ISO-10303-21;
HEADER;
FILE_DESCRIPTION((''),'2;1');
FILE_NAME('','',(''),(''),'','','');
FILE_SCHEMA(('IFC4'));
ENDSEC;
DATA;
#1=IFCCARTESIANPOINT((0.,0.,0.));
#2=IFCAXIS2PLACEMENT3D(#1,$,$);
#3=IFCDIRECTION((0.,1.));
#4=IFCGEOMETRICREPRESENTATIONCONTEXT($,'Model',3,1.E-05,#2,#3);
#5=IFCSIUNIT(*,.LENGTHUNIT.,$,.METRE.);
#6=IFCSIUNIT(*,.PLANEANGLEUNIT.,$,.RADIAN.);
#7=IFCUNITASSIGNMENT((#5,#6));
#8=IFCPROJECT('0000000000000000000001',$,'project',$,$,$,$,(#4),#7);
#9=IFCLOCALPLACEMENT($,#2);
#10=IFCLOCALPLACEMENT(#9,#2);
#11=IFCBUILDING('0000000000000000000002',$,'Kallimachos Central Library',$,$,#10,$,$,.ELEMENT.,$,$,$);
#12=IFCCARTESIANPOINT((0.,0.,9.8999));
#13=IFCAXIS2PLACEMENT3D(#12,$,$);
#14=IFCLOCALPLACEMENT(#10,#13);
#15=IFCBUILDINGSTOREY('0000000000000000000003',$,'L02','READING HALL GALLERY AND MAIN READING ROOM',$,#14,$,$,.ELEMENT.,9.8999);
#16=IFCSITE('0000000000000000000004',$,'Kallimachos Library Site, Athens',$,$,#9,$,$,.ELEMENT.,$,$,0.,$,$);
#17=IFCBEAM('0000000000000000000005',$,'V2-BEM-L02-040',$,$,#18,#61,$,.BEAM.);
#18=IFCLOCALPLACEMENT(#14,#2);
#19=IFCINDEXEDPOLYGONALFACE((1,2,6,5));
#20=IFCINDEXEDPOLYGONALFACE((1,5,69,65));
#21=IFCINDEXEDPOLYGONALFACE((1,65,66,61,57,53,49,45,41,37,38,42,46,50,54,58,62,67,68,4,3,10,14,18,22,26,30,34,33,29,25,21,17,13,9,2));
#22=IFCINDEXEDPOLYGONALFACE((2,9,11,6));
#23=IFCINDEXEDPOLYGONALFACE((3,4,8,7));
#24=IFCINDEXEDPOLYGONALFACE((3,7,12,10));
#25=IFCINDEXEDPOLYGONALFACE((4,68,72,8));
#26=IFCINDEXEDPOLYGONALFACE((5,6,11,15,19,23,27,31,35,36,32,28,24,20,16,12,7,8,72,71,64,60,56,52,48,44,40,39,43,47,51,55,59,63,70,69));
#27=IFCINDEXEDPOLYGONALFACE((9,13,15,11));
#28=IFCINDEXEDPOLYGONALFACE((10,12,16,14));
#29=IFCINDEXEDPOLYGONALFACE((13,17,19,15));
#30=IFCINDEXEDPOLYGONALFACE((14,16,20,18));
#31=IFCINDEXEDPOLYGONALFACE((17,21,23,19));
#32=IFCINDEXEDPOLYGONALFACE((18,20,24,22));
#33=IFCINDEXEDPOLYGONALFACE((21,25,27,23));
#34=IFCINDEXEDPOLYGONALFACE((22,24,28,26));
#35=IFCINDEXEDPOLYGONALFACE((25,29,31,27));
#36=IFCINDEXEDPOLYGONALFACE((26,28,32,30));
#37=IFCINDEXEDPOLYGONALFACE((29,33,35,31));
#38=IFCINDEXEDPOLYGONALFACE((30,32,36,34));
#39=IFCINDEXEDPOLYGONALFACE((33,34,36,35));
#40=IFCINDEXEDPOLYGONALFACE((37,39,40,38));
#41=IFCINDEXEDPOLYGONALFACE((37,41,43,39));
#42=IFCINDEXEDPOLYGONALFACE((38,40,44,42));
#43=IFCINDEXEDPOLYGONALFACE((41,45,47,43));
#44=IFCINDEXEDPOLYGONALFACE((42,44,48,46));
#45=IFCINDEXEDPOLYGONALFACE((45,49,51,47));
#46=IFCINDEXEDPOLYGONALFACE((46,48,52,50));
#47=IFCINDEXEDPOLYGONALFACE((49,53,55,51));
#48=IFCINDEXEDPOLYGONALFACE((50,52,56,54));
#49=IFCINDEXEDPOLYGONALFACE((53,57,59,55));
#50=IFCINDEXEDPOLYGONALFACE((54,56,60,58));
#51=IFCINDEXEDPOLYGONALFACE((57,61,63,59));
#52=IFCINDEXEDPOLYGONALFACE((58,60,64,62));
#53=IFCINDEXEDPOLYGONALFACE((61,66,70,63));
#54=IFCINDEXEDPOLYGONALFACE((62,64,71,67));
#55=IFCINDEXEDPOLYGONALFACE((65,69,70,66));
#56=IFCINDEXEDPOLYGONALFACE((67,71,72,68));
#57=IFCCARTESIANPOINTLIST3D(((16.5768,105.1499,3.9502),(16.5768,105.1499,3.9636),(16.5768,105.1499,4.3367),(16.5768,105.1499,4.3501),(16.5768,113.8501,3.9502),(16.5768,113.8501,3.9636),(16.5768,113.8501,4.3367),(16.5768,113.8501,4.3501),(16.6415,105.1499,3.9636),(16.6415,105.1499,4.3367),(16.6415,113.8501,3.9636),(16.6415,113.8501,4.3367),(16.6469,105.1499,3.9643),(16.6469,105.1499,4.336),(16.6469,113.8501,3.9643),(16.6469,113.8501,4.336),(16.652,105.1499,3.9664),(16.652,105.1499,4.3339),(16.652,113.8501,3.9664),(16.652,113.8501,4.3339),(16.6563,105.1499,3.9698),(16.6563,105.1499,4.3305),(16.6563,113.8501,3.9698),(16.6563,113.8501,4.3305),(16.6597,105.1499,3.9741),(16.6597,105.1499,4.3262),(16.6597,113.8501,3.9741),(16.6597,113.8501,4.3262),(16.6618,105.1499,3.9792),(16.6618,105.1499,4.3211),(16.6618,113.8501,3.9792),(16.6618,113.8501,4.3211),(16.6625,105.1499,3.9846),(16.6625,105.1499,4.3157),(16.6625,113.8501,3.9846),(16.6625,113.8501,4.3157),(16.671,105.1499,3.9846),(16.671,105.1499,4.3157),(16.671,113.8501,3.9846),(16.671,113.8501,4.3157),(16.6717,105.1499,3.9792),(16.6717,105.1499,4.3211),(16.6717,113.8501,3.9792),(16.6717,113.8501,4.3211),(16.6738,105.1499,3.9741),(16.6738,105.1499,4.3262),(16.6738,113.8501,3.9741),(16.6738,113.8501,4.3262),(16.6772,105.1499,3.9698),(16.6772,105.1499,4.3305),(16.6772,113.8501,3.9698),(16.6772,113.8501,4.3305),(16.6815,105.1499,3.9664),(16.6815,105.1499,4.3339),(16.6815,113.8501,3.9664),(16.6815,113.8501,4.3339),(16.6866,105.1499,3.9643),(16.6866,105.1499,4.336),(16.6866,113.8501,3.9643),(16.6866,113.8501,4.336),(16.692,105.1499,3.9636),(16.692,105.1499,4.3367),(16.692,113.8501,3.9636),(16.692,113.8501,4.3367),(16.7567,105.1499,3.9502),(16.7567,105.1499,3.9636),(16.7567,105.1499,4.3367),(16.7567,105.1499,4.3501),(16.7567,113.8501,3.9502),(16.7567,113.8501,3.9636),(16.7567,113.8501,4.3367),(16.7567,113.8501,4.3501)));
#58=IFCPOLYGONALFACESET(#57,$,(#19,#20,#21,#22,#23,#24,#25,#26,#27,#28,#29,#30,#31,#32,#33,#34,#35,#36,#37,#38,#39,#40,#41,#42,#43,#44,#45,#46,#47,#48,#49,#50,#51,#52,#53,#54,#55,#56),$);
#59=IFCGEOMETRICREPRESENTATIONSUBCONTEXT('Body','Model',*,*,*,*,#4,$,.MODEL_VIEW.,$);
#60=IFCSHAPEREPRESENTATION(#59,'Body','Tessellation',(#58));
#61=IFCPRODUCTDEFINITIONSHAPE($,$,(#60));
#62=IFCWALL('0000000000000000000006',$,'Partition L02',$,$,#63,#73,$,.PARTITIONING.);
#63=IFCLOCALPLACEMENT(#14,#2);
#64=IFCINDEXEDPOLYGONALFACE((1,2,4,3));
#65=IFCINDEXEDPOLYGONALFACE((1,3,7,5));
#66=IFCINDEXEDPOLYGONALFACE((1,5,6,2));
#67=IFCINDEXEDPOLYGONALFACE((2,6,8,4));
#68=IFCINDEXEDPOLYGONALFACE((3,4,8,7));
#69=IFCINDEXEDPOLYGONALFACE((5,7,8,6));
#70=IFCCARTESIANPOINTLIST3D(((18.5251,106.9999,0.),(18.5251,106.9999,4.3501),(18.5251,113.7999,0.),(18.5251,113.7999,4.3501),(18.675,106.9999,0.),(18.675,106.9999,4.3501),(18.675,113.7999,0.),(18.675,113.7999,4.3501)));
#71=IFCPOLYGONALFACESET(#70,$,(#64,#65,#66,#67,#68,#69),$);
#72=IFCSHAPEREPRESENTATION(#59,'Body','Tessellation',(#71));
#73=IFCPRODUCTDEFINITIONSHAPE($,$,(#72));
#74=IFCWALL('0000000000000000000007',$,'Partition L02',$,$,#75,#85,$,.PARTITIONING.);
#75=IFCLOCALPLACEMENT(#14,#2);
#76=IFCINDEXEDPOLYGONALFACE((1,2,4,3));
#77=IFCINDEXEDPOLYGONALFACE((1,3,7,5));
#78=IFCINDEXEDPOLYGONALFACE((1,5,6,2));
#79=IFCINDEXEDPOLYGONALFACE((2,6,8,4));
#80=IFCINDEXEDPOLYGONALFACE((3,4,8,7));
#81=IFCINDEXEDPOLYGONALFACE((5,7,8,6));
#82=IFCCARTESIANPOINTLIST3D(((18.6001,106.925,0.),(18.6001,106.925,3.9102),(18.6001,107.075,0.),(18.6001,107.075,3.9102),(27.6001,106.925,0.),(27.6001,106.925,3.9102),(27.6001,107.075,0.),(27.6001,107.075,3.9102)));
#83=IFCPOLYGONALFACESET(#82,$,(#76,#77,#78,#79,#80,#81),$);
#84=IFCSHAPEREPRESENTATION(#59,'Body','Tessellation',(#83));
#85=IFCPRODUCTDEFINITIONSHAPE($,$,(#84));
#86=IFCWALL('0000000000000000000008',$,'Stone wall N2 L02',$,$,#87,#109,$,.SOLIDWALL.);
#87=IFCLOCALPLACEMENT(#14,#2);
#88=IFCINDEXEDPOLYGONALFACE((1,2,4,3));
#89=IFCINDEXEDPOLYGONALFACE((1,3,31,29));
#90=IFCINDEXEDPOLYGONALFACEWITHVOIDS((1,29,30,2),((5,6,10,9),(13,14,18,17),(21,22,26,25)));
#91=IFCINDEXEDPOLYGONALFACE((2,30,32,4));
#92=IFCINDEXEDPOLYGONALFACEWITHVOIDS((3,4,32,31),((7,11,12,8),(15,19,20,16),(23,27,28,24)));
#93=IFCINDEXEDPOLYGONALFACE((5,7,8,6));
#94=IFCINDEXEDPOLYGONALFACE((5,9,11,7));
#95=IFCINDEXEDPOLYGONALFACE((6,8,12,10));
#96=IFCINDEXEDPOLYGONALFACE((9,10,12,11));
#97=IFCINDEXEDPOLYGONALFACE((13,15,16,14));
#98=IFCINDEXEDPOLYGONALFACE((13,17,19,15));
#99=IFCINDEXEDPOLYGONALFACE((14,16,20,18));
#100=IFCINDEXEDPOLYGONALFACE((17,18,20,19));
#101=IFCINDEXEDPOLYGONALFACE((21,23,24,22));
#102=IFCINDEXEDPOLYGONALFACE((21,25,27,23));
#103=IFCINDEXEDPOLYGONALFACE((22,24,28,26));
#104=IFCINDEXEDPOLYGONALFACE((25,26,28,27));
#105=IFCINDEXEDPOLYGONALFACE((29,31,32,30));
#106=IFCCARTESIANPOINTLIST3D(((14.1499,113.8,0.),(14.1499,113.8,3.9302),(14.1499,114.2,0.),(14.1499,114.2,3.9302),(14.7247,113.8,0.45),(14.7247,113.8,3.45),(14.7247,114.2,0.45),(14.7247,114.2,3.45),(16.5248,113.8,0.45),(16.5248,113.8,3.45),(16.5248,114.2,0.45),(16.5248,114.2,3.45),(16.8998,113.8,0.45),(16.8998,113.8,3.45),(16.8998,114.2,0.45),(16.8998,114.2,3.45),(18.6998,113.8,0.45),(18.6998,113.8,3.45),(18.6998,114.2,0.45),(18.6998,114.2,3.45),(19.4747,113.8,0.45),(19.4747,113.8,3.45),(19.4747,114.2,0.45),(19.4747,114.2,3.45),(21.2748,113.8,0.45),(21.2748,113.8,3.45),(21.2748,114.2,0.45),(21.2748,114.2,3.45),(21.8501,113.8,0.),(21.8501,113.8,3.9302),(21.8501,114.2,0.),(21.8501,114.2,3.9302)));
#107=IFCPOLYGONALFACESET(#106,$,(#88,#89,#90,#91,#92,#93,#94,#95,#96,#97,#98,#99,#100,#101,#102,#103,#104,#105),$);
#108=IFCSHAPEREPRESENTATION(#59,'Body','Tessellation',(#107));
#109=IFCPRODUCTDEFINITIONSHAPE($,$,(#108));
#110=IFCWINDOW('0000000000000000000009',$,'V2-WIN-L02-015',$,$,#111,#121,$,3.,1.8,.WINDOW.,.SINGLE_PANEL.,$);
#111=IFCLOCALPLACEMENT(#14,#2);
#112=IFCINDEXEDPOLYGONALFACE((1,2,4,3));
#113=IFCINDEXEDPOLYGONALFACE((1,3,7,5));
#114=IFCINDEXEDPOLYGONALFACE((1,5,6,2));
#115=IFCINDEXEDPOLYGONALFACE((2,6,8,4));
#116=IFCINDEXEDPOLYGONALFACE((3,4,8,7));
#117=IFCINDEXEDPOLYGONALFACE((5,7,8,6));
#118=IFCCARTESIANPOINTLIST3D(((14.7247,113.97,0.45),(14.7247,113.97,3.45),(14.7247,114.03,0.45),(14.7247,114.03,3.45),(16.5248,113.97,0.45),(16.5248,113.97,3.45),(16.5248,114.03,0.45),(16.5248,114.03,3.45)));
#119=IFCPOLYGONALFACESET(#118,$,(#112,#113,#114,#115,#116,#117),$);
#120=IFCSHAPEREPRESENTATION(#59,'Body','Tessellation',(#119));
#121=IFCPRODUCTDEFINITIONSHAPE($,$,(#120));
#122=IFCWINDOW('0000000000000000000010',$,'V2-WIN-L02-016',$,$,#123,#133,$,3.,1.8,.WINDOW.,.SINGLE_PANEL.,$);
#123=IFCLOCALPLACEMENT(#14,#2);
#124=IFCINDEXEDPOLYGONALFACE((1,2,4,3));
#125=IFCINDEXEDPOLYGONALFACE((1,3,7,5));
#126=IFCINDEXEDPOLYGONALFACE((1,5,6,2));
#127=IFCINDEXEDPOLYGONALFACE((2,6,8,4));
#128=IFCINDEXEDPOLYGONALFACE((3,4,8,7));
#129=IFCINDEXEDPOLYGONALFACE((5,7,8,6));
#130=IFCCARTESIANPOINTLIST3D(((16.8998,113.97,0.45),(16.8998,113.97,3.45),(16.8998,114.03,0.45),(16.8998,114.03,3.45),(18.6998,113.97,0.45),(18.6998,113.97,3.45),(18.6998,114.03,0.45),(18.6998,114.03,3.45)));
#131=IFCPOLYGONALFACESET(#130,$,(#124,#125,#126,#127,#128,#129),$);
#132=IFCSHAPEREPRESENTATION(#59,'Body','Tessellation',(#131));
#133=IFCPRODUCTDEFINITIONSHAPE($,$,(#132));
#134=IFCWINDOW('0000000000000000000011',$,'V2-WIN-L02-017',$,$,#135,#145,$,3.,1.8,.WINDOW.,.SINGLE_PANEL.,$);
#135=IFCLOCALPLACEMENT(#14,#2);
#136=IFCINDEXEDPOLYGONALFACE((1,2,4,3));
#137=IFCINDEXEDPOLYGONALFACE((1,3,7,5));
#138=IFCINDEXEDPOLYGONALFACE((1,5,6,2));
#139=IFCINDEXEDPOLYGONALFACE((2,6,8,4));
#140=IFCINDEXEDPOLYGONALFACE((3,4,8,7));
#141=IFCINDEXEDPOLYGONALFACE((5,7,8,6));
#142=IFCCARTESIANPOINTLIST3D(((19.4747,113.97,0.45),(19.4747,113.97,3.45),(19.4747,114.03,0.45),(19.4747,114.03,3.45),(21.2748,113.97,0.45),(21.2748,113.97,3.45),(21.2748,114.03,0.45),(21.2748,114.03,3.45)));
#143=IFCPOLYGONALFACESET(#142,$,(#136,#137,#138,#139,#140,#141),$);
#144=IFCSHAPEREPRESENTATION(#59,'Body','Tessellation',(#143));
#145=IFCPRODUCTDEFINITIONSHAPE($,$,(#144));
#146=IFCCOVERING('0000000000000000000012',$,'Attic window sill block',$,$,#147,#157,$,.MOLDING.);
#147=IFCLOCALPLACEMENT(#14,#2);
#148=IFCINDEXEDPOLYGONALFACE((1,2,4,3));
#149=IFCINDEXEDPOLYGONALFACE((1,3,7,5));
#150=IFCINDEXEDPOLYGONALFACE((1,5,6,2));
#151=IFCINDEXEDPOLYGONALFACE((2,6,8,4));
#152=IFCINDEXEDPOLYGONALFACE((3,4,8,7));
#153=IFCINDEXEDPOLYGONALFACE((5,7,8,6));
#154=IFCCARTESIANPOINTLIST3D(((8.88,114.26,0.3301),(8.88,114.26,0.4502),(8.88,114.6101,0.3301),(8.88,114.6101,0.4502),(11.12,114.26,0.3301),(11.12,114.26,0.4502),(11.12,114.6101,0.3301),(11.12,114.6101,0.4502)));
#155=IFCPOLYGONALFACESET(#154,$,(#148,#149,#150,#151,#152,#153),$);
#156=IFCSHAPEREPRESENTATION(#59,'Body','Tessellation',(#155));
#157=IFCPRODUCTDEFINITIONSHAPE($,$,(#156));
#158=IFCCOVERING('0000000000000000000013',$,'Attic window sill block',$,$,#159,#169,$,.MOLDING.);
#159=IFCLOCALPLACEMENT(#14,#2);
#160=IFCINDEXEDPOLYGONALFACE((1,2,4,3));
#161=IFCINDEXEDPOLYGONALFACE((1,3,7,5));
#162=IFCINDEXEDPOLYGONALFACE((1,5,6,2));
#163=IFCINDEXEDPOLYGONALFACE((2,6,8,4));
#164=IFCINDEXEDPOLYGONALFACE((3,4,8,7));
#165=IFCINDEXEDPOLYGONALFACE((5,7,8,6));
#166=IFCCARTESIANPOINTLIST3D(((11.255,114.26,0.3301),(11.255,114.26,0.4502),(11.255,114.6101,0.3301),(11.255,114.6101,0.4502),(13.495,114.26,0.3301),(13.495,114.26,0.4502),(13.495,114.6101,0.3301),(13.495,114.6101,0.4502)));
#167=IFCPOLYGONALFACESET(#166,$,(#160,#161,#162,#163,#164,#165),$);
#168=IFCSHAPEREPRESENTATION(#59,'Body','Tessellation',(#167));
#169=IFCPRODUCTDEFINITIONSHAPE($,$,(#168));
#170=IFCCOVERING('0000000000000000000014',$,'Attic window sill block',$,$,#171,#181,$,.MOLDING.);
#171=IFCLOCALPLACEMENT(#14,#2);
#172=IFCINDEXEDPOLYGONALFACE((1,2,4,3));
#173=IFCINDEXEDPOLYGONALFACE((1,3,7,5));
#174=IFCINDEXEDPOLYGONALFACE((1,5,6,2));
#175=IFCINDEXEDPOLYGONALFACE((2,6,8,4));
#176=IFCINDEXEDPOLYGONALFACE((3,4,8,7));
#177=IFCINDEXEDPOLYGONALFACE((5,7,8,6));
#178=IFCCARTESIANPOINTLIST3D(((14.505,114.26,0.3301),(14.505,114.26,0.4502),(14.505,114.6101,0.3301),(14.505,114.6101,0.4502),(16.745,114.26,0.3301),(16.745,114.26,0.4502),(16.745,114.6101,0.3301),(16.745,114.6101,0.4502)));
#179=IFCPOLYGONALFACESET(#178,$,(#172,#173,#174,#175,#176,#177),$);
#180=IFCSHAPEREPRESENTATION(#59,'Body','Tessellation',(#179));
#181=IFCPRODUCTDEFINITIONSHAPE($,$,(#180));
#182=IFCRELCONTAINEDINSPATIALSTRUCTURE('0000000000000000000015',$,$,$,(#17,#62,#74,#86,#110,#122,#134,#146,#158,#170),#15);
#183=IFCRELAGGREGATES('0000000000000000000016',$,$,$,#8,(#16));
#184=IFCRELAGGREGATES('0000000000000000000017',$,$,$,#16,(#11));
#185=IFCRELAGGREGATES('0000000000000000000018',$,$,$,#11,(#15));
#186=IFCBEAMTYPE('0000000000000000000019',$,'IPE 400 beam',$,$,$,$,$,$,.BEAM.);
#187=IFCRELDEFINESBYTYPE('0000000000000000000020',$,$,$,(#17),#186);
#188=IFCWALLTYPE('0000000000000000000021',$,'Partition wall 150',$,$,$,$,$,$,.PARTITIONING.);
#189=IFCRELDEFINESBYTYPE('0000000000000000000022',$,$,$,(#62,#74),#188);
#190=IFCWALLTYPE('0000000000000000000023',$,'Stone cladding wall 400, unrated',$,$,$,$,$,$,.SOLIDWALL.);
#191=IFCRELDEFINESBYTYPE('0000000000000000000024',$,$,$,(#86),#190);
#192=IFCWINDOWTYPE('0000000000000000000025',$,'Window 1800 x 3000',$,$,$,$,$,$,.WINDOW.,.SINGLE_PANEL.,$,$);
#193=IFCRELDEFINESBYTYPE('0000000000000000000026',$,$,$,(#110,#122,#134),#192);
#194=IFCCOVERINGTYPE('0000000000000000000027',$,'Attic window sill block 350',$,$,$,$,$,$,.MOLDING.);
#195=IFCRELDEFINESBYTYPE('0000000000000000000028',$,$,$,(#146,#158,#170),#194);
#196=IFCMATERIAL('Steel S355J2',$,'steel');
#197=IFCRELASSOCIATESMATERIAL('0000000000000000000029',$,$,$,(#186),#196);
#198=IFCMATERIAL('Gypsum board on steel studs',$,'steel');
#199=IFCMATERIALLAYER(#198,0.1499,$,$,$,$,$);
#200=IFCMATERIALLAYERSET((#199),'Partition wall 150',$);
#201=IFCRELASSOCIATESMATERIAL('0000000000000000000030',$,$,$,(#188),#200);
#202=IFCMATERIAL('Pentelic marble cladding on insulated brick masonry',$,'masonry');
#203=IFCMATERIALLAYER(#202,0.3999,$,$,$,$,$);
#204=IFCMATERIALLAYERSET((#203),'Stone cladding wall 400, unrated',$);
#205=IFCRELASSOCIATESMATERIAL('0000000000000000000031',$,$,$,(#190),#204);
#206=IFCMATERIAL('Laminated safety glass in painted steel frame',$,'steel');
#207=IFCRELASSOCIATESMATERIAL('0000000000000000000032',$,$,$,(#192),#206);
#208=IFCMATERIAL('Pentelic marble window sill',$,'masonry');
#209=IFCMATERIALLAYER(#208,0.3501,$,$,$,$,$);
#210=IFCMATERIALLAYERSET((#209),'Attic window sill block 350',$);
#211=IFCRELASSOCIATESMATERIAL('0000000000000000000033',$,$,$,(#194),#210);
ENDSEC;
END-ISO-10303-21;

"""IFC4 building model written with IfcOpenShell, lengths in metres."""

from ifc_helpers import new_model, si_unit, direction, frame, frame_2d, origin, origin_2d, place, context, subcontext, project, spatial, rectangle, i_section, extrude, material, layer, layer_set, material_profile, profile_set, type_object, element, fill, save


model = new_model("IFC4")

# Units and contexts
model_context = context("Model", 3, precision=1e-05, world=origin(), true_north=direction((0.0, 1.0)))
body_context = subcontext(model_context, "Body", "Model", "MODEL_VIEW")
ifc_project = project(units=[si_unit("LENGTHUNIT", "METRE"), si_unit("PLANEANGLEUNIT", "RADIAN")], contexts=[model_context])

# Site, building, storey
site_placement = place(None, origin())
site = spatial("IfcSite", under=ifc_project, at=site_placement, Name="Kallimachos Library Site, Athens", CompositionType="ELEMENT", RefElevation=0.0)
building_placement = place(site_placement, origin())
building = spatial("IfcBuilding", under=site, at=building_placement, Name="Kallimachos Central Library", CompositionType="ELEMENT")
storey_placement = place(building_placement, frame((0.0, 0.0, 9.8999)))
storey = spatial("IfcBuildingStorey", under=building, at=storey_placement, Name="L02", Description="READING HALL GALLERY AND MAIN READING ROOM", CompositionType="ELEMENT", Elevation=9.8999)

# Beam
ifc_material_1 = material(Name="Steel S355J2", Category="steel")
ifc_material_profile_1 = material_profile(ifc_material_1, i_section(OverallWidth=0.1799, OverallDepth=0.3999, WebThickness=0.0085, FlangeThickness=0.0134, FilletRadius=0.021, at=origin_2d()), Name="IPE 400")
ifc_profile_set_1 = profile_set([ifc_material_profile_1], Name="Steel S355J2")
beam_type_1 = type_object("IfcBeamType", Name="IPE 400 beam", PredefinedType="BEAM", material=ifc_profile_set_1)
for number, where, z_axis, x_axis, name in (
    (1, (16.6667, 105.1499, 4.1501), (0.0, 1.0, 0.0), (-1.0, 0.0, 0.0), "V2-BEM-L02-040"),
):
    element("IfcBeam", number, at=place(storey_placement, frame(where, z_axis=z_axis, x_axis=x_axis)), inside=storey, type_object=beam_type_1, Name=name, PredefinedType="BEAM", context=body_context, shape_type="SweptSolid", body=[
        extrude(i_section(OverallWidth=0.1799, OverallDepth=0.3999, WebThickness=0.0085, FlangeThickness=0.0134, FilletRadius=0.021, at=origin_2d()), origin(), (0.0, 0.0, 1.0), 8.7002),
    ])

# Walls
ifc_material_2 = material(Name="Gypsum board on steel studs", Category="steel")
ifc_layer_1 = layer(ifc_material_2, 0.1499)
ifc_layer_set_1 = layer_set([ifc_layer_1], Name="Partition wall 150")
wall_type_1 = type_object("IfcWallType", Name="Partition wall 150", PredefinedType="PARTITIONING", material=ifc_layer_set_1)
wall_1_placement = place(storey_placement, frame((18.6001, 107.0, 0.0), z_axis=(0.0, 0.0, 1.0), x_axis=(0.0, 1.0, 0.0)))
element("IfcWall", 2, at=wall_1_placement, inside=storey, type_object=wall_type_1, Name="Partition L02", PredefinedType="PARTITIONING", context=body_context, shape_type="SweptSolid", body=[
    extrude(rectangle(XDim=6.8, YDim=0.1499, at=frame_2d((3.3999, 0.0))), origin(), (0.0, 0.0, 1.0), 4.3501),
])
wall_2_placement = place(storey_placement, frame((18.6001, 107.0, 0.0), z_axis=(0.0, 0.0, 1.0), x_axis=(1.0, 0.0, 0.0)))
element("IfcWall", 3, at=wall_2_placement, inside=storey, type_object=wall_type_1, Name="Partition L02", PredefinedType="PARTITIONING", context=body_context, shape_type="SweptSolid", body=[
    extrude(rectangle(XDim=9.0, YDim=0.1499, at=frame_2d((4.5, 0.0))), origin(), (0.0, 0.0, 1.0), 3.9102),
])

# Wall, openings, windows
ifc_material_3 = material(Name="Pentelic marble cladding on insulated brick masonry", Category="masonry")
ifc_layer_2 = layer(ifc_material_3, 0.3999)
ifc_layer_set_2 = layer_set([ifc_layer_2], Name="Stone cladding wall 400, unrated")
wall_type_2 = type_object("IfcWallType", Name="Stone cladding wall 400, unrated", PredefinedType="SOLIDWALL", material=ifc_layer_set_2)
wall_3_placement = place(storey_placement, frame((14.1499, 114.0, 0.0), z_axis=(0.0, 0.0, 1.0), x_axis=(1.0, 0.0, 0.0)))
wall_3 = element("IfcWall", 4, at=wall_3_placement, inside=storey, type_object=wall_type_2, Name="Stone wall N2 L02", PredefinedType="SOLIDWALL", context=body_context, shape_type="SweptSolid", body=[
    extrude(rectangle(XDim=7.7002, YDim=0.3999, at=frame_2d((3.8501, 0.0))), origin(), (0.0, 0.0, 1.0), 3.9302),
])
opening_1_placement = place(wall_3_placement, frame((0.575, 0.0, 0.45)))
opening_1 = element("IfcOpeningElement", 5, at=opening_1_placement, cuts=wall_3, PredefinedType="OPENING", context=body_context, shape_type="SweptSolid", body=[
    extrude(rectangle(XDim=1.8, YDim=3.0, at=frame_2d((0.8999, 1.5))), frame((0.0, 0.21, 0.0), z_axis=(0.0, -1.0, 0.0), x_axis=(1.0, 0.0, 0.0)), (0.0, 0.0, 1.0), 0.4199),
])
opening_2_placement = place(wall_3_placement, frame((2.75, 0.0, 0.45)))
opening_2 = element("IfcOpeningElement", 6, at=opening_2_placement, cuts=wall_3, PredefinedType="OPENING", context=body_context, shape_type="SweptSolid", body=[
    extrude(rectangle(XDim=1.8, YDim=3.0, at=frame_2d((0.8999, 1.5))), frame((0.0, 0.21, 0.0), z_axis=(0.0, -1.0, 0.0), x_axis=(1.0, 0.0, 0.0)), (0.0, 0.0, 1.0), 0.4199),
])
opening_3_placement = place(wall_3_placement, frame((5.325, 0.0, 0.45)))
opening_3 = element("IfcOpeningElement", 7, at=opening_3_placement, cuts=wall_3, PredefinedType="OPENING", context=body_context, shape_type="SweptSolid", body=[
    extrude(rectangle(XDim=1.8, YDim=3.0, at=frame_2d((0.8999, 1.5))), frame((0.0, 0.21, 0.0), z_axis=(0.0, -1.0, 0.0), x_axis=(1.0, 0.0, 0.0)), (0.0, 0.0, 1.0), 0.4199),
])
ifc_material_4 = material(Name="Laminated safety glass in painted steel frame", Category="steel")
window_type = type_object("IfcWindowType", Name="Window 1800 x 3000", PartitioningType="SINGLE_PANEL", PredefinedType="WINDOW", material=ifc_material_4)
window_1_placement = place(opening_1_placement, origin())
window_1 = element("IfcWindow", 8, at=window_1_placement, inside=storey, type_object=window_type, Name="V2-WIN-L02-015", OverallHeight=3.0, OverallWidth=1.8, PartitioningType="SINGLE_PANEL", PredefinedType="WINDOW", context=body_context, shape_type="SweptSolid", body=[
    extrude(rectangle(XDim=1.8, YDim=3.0, at=frame_2d((0.8999, 1.5))), frame((0.0, 0.03, 0.0), z_axis=(0.0, -1.0, 0.0), x_axis=(1.0, 0.0, 0.0)), (0.0, 0.0, 1.0), 0.0601),
])
fill(opening_1, window_1)
window_2_placement = place(opening_2_placement, origin())
window_2 = element("IfcWindow", 9, at=window_2_placement, inside=storey, type_object=window_type, Name="V2-WIN-L02-016", OverallHeight=3.0, OverallWidth=1.8, PartitioningType="SINGLE_PANEL", PredefinedType="WINDOW", context=body_context, shape_type="SweptSolid", body=[
    extrude(rectangle(XDim=1.8, YDim=3.0, at=frame_2d((0.8999, 1.5))), frame((0.0, 0.03, 0.0), z_axis=(0.0, -1.0, 0.0), x_axis=(1.0, 0.0, 0.0)), (0.0, 0.0, 1.0), 0.0601),
])
fill(opening_2, window_2)
window_3_placement = place(opening_3_placement, origin())
window_3 = element("IfcWindow", 10, at=window_3_placement, inside=storey, type_object=window_type, Name="V2-WIN-L02-017", OverallHeight=3.0, OverallWidth=1.8, PartitioningType="SINGLE_PANEL", PredefinedType="WINDOW", context=body_context, shape_type="SweptSolid", body=[
    extrude(rectangle(XDim=1.8, YDim=3.0, at=frame_2d((0.8999, 1.5))), frame((0.0, 0.03, 0.0), z_axis=(0.0, -1.0, 0.0), x_axis=(1.0, 0.0, 0.0)), (0.0, 0.0, 1.0), 0.0601),
])
fill(opening_3, window_3)

# Coverings
ifc_material_5 = material(Name="Pentelic marble window sill", Category="masonry")
ifc_layer_3 = layer(ifc_material_5, 0.3501)
ifc_layer_set_3 = layer_set([ifc_layer_3], Name="Attic window sill block 350")
covering_type_1 = type_object("IfcCoveringType", Name="Attic window sill block 350", PredefinedType="MOLDING", material=ifc_layer_set_3)
for number, where, z_axis, x_axis, name in (
    (11, (10.0, 114.4351, 0.3301), (0.0, 0.0, 1.0), (1.0, 0.0, 0.0), "Attic window sill block"),
    (12, (12.375, 114.4351, 0.3301), (0.0, 0.0, 1.0), (1.0, 0.0, 0.0), "Attic window sill block"),
    (13, (15.625, 114.4351, 0.3301), (0.0, 0.0, 1.0), (1.0, 0.0, 0.0), "Attic window sill block"),
):
    element("IfcCovering", number, at=place(storey_placement, frame(where, z_axis=z_axis, x_axis=x_axis)), inside=storey, type_object=covering_type_1, Name=name, PredefinedType="MOLDING", context=body_context, shape_type="SweptSolid", body=[
        extrude(rectangle(XDim=2.24, YDim=0.3501, at=origin_2d()), origin(), (0.0, 0.0, 1.0), 0.1201),
    ])

save(model, "model.ifc")
